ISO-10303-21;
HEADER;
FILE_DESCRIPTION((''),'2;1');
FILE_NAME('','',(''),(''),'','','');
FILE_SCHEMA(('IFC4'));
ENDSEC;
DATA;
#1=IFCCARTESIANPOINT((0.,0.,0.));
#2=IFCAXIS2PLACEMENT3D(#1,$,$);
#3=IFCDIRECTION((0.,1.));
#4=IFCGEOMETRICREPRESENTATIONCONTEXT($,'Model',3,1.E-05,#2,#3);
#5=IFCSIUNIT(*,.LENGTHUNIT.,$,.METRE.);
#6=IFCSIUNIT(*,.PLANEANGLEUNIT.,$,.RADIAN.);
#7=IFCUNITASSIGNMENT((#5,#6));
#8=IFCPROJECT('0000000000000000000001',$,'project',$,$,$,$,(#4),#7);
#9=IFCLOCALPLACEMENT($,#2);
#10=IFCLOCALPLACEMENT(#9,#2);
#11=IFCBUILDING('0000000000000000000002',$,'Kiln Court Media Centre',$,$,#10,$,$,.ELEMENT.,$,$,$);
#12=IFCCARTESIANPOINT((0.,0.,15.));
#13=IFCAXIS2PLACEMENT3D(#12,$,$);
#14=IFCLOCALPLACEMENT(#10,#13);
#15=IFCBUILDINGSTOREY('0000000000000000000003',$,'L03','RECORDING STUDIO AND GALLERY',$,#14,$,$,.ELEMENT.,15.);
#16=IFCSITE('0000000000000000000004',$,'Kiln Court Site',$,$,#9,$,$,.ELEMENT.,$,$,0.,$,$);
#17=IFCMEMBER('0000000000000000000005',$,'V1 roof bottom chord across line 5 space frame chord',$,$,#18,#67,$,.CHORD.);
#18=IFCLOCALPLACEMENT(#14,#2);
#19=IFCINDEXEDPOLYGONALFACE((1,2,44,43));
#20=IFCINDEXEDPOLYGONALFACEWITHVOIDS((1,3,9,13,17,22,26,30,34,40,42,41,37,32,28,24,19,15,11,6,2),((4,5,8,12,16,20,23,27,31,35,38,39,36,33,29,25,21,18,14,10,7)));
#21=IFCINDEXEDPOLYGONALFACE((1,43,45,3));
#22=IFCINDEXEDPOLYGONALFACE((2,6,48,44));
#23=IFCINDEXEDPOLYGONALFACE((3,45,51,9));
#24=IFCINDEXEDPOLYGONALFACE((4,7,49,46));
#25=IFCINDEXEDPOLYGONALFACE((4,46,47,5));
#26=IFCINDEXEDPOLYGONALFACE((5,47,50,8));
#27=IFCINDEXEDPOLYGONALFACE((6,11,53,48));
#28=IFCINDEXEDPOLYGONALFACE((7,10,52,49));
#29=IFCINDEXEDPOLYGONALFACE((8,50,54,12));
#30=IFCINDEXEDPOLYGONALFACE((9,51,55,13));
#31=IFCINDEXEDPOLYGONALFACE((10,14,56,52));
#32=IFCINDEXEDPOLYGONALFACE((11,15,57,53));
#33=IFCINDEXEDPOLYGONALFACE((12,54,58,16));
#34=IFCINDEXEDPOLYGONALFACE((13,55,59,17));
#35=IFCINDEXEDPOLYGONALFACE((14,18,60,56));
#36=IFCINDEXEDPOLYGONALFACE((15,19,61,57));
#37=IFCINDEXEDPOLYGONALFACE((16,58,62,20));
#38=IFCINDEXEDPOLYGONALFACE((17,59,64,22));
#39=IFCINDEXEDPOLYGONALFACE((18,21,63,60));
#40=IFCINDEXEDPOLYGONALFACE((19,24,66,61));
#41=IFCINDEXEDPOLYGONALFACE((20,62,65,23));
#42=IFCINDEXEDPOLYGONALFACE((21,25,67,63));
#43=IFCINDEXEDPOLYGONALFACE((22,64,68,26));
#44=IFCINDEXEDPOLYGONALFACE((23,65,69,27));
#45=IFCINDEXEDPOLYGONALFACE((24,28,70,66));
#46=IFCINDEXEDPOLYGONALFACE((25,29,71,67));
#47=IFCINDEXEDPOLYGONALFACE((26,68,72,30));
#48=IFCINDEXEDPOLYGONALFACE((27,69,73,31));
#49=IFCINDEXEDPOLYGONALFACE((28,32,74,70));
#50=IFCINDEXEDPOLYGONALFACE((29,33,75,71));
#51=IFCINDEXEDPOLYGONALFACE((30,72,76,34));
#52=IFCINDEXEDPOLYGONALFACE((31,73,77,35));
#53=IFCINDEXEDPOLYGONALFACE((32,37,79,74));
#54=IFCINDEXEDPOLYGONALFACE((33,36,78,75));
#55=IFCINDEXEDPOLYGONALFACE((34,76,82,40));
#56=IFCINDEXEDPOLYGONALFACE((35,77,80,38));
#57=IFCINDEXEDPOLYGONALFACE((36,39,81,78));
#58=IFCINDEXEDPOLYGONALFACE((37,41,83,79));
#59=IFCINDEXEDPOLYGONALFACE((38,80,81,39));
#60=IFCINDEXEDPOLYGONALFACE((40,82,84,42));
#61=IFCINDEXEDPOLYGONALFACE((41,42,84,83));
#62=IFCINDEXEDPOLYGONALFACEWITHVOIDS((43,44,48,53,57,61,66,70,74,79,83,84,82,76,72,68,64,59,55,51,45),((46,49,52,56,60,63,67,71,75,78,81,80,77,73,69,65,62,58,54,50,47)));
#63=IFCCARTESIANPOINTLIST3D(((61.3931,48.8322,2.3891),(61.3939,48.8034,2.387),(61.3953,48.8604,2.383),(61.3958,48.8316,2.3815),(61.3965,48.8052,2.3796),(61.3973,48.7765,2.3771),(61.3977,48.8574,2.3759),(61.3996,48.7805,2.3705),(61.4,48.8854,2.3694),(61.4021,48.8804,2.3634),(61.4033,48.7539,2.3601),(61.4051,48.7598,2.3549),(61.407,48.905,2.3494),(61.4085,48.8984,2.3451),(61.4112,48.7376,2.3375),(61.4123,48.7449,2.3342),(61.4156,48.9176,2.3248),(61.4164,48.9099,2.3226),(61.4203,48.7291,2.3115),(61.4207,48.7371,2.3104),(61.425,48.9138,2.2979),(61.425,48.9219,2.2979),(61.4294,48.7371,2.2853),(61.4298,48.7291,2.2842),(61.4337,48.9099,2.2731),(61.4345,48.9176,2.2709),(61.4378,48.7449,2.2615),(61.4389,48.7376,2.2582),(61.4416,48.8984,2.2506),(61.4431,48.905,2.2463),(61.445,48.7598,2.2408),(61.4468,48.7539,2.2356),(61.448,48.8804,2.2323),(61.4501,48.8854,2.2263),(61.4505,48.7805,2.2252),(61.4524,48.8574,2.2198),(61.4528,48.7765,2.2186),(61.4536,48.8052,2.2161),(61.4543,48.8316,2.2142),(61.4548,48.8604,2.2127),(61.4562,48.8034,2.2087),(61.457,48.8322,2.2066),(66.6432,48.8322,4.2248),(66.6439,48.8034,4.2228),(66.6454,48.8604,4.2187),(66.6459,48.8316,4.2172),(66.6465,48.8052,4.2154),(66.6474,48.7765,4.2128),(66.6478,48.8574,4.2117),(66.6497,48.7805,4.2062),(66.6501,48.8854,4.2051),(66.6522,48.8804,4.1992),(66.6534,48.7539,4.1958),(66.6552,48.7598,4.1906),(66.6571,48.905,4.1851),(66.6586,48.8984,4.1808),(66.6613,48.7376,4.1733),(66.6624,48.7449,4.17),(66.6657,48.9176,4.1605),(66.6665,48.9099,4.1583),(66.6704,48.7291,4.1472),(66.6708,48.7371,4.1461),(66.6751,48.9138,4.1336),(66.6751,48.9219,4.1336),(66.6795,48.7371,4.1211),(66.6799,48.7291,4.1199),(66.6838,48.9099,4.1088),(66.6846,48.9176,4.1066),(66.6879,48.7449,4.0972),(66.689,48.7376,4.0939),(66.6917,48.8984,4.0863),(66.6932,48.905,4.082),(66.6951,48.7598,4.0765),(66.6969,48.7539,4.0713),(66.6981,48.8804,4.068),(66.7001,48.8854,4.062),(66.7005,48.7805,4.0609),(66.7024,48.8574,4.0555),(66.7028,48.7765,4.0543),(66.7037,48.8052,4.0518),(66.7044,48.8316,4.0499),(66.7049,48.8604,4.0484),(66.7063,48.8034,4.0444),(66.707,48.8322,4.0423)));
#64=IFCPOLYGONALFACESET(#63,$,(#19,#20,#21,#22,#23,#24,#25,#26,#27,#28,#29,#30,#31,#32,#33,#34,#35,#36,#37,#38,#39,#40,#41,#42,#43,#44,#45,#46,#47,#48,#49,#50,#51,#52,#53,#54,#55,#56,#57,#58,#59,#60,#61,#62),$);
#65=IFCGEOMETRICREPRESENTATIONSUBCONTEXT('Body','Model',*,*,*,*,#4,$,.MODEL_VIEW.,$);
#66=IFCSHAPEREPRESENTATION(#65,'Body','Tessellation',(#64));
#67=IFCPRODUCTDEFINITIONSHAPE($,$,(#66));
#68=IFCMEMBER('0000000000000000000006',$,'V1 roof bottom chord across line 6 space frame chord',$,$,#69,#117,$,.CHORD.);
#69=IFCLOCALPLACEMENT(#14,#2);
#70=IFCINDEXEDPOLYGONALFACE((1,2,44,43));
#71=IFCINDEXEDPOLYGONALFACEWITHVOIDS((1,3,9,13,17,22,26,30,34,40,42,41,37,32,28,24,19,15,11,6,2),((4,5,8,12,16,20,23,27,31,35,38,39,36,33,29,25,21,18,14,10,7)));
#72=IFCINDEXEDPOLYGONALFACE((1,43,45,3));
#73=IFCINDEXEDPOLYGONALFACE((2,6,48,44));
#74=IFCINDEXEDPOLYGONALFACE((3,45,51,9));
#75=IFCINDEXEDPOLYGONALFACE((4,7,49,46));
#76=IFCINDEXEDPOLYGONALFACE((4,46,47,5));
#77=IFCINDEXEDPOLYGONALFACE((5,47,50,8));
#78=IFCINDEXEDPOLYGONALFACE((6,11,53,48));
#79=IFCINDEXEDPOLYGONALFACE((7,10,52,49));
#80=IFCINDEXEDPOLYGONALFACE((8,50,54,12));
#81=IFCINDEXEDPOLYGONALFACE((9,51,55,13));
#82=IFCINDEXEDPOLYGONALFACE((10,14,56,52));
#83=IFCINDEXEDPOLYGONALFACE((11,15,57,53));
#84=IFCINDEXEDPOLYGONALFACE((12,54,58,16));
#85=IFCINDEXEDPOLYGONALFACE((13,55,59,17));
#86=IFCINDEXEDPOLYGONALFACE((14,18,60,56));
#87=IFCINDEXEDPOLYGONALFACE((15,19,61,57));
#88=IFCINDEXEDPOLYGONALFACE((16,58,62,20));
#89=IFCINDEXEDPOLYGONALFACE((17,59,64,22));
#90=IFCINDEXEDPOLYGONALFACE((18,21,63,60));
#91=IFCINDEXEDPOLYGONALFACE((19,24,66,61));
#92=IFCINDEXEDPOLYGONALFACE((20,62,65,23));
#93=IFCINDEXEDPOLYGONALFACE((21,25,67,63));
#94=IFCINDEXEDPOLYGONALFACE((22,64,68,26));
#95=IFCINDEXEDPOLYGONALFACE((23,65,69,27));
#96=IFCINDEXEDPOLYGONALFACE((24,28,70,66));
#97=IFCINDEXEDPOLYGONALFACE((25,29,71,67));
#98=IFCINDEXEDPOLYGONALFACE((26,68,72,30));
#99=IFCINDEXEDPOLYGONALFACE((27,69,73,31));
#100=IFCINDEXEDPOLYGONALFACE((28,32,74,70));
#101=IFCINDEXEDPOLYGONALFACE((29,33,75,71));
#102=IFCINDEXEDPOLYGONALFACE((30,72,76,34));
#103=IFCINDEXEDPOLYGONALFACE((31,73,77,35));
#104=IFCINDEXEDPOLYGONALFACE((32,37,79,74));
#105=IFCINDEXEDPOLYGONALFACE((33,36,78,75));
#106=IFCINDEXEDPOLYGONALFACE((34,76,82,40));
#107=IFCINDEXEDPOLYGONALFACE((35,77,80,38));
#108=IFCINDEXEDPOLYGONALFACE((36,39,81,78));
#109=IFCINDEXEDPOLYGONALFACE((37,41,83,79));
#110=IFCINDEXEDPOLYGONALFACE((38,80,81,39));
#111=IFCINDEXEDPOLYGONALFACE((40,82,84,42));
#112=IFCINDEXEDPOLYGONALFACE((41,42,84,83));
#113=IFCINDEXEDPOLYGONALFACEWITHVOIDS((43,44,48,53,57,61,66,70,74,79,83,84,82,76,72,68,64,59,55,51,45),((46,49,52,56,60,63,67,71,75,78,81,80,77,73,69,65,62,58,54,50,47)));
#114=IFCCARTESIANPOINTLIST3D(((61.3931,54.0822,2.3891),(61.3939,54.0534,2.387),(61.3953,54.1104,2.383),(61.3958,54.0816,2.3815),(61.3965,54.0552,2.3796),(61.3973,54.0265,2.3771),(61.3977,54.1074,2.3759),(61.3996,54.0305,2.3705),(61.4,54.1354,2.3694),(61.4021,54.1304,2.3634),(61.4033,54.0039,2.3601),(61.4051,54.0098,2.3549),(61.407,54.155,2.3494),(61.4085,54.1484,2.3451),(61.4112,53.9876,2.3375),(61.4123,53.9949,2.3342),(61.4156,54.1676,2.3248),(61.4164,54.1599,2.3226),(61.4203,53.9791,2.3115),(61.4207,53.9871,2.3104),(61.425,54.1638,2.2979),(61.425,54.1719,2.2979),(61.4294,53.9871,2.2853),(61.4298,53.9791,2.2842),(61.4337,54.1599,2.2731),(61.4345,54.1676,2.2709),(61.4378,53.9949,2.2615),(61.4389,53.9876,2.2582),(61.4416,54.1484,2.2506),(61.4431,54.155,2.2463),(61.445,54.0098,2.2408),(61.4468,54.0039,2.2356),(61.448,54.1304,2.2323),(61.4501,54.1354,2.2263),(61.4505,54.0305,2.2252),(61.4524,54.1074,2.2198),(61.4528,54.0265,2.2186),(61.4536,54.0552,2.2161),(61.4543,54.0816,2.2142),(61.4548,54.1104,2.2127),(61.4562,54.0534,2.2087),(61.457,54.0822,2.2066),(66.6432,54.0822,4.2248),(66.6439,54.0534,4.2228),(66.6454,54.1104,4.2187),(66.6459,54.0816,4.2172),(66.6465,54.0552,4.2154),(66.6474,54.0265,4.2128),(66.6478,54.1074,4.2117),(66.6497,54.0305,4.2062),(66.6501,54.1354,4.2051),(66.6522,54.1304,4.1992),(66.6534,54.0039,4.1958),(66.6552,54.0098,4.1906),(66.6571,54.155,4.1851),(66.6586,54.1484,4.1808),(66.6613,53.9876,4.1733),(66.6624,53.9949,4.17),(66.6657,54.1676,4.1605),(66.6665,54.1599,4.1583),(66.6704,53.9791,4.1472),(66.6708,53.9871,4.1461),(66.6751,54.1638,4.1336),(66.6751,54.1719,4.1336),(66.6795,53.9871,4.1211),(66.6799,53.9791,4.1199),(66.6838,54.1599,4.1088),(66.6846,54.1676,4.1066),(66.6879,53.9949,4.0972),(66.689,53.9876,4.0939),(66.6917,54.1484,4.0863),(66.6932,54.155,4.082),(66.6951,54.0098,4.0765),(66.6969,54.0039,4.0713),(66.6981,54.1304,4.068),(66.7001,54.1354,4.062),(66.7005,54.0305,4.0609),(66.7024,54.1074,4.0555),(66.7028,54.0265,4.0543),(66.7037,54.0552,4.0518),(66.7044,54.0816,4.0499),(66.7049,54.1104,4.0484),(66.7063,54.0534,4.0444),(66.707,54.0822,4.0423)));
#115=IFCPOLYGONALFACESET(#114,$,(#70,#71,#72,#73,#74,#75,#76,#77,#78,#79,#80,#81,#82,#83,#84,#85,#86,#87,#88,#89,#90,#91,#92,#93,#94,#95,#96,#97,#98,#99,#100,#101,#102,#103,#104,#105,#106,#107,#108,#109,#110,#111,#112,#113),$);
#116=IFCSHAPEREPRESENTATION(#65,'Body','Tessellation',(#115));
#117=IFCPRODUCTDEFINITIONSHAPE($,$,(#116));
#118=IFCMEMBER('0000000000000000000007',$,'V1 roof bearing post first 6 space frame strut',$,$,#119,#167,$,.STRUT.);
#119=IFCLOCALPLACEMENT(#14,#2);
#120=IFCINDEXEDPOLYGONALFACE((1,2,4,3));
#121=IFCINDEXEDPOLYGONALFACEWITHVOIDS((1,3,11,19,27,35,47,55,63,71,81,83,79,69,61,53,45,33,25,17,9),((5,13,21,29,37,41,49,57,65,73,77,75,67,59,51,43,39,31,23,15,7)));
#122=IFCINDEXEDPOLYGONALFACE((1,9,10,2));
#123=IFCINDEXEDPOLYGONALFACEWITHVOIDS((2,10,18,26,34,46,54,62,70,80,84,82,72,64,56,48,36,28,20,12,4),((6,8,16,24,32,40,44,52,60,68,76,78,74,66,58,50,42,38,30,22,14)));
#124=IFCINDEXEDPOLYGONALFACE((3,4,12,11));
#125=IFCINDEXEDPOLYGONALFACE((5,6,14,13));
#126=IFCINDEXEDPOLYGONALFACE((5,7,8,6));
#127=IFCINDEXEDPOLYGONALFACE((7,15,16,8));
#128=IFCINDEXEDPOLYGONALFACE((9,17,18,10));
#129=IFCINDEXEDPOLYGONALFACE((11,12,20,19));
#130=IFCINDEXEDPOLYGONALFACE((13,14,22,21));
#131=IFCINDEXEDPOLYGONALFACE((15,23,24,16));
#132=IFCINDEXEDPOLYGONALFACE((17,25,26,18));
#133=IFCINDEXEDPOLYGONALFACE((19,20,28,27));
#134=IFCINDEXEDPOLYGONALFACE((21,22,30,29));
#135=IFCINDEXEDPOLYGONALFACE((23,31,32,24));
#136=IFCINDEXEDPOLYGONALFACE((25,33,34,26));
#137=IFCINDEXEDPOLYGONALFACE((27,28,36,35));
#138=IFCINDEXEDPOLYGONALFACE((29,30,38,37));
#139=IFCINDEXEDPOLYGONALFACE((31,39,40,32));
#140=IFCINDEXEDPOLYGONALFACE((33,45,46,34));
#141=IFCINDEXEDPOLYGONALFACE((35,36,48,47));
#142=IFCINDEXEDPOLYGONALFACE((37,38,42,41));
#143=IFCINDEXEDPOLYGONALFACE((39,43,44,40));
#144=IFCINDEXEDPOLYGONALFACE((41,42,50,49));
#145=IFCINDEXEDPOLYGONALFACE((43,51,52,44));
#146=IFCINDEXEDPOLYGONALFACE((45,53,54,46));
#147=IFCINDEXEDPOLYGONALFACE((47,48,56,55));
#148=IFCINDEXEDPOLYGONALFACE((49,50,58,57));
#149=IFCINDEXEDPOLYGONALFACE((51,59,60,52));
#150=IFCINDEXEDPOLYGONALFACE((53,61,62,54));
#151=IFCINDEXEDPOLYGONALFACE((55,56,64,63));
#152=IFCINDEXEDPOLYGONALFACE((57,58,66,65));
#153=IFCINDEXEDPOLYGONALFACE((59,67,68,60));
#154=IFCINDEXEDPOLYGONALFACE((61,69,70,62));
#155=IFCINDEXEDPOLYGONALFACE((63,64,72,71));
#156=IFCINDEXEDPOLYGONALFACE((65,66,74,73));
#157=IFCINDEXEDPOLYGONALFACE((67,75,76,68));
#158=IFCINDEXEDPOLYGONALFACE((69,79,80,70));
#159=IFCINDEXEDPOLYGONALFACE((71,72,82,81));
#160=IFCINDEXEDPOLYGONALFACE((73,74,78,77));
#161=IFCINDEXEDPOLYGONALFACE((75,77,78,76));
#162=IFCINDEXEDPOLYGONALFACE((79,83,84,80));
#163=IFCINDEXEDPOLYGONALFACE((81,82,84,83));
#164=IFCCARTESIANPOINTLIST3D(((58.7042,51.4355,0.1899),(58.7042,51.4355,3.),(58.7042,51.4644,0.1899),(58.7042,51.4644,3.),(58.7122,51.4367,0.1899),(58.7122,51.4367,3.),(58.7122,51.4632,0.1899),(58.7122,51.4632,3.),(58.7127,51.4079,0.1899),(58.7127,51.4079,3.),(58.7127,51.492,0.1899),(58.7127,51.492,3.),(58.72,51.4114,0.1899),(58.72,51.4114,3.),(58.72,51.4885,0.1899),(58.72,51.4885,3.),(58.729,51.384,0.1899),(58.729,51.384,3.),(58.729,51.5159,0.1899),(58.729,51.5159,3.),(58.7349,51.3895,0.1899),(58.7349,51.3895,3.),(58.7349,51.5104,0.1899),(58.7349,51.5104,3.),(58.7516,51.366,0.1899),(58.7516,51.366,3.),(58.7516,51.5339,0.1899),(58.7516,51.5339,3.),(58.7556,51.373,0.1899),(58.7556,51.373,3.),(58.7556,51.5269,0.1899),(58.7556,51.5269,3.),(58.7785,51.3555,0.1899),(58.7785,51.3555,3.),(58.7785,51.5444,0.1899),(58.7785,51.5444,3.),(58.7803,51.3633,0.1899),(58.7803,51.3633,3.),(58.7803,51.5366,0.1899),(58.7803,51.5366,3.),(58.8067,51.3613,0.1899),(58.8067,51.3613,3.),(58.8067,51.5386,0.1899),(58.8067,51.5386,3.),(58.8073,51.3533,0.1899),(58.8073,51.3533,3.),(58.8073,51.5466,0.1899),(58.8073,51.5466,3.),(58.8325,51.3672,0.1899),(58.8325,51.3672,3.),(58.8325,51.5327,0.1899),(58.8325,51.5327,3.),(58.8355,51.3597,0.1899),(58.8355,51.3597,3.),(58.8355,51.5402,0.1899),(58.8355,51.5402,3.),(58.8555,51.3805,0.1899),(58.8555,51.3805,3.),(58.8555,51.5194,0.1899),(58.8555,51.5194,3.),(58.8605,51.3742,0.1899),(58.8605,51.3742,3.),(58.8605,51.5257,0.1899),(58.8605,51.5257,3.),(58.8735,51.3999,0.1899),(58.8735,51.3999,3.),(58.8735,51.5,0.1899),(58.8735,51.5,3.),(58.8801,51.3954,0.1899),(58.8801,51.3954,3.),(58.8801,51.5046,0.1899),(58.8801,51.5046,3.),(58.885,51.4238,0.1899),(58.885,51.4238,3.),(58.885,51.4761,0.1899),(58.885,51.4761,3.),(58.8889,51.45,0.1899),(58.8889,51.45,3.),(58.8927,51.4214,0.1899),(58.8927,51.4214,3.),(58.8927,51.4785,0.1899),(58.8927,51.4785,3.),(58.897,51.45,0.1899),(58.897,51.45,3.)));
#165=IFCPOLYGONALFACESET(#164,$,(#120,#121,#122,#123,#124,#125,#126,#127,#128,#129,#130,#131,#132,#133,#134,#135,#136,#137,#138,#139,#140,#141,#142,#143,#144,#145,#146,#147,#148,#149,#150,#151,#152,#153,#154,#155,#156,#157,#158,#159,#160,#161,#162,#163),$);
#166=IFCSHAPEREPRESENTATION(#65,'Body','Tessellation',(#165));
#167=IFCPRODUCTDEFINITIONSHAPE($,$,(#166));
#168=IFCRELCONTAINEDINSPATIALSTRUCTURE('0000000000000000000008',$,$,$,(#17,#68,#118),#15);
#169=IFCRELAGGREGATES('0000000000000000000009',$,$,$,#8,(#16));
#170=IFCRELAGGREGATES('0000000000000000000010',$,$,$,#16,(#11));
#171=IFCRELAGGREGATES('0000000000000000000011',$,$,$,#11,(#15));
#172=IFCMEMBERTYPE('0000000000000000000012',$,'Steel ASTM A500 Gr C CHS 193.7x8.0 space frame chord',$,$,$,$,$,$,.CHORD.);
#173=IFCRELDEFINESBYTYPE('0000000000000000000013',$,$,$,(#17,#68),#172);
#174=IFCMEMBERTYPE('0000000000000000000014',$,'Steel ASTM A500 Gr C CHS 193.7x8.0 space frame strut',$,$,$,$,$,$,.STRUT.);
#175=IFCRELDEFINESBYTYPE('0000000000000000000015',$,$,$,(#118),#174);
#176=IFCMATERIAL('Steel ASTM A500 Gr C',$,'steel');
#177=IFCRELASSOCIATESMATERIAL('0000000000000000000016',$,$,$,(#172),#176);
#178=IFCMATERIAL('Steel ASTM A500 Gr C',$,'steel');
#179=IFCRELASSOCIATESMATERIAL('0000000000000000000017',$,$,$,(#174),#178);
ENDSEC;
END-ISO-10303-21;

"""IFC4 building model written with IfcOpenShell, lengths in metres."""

from ifc_helpers import new_model, si_unit, direction, frame, origin, origin_2d, place, context, subcontext, project, spatial, hollow_circle, extrude, material, material_profile, profile_set, type_object, element, save


model = new_model("IFC4")

# Units and contexts
model_context = context("Model", 3, precision=1e-05, world=origin(), true_north=direction((0.0, 1.0)))
body_context = subcontext(model_context, "Body", "Model", "MODEL_VIEW")
ifc_project = project(units=[si_unit("LENGTHUNIT", "METRE"), si_unit("PLANEANGLEUNIT", "RADIAN")], contexts=[model_context])

# Site, building, storey
site_placement = place(None, origin())
site = spatial("IfcSite", under=ifc_project, at=site_placement, Name="Kiln Court Site", CompositionType="ELEMENT", RefElevation=0.0)
building_placement = place(site_placement, origin())
building = spatial("IfcBuilding", under=site, at=building_placement, Name="Kiln Court Media Centre", CompositionType="ELEMENT")
storey_placement = place(building_placement, frame((0.0, 0.0, 15.0)))
storey = spatial("IfcBuildingStorey", under=building, at=storey_placement, Name="L03", Description="RECORDING STUDIO AND GALLERY", CompositionType="ELEMENT", Elevation=15.0)

# Members
ifc_material_1 = material(Name="Steel ASTM A500 Gr C", Category="steel")
ifc_material_profile_1 = material_profile(ifc_material_1, hollow_circle(Radius=0.0969, WallThickness=0.0081, at=origin_2d()), Name="CHS 193.7x8.0")
ifc_profile_set_1 = profile_set([ifc_material_profile_1], Name="Steel ASTM A500 Gr C")
member_type_1 = type_object("IfcMemberType", Name="Steel ASTM A500 Gr C CHS 193.7x8.0 space frame chord", PredefinedType="CHORD", material=ifc_profile_set_1)
for number, where, z_axis, x_axis, name in (
    (1, (61.425, 48.825, 2.2979), (0.94396, 0.0, 0.330061), (0.0, 1.0, 0.0), "V1 roof bottom chord across line 5 space frame chord"),
    (2, (61.425, 54.075, 2.2979), (0.94396, 0.0, 0.330061), (0.0, 1.0, 0.0), "V1 roof bottom chord across line 6 space frame chord"),
):
    element("IfcMember", number, at=place(storey_placement, frame(where, z_axis=z_axis, x_axis=x_axis)), inside=storey, type_object=member_type_1, Name=name, PredefinedType="CHORD", context=body_context, shape_type="SweptSolid", body=[
        extrude(hollow_circle(Radius=0.0969, WallThickness=0.0081, at=origin_2d()), origin(), (0.0, 0.0, 1.0), 5.5618),
    ])
ifc_material_2 = material(Name="Steel ASTM A500 Gr C", Category="steel")
ifc_material_profile_2 = material_profile(ifc_material_2, hollow_circle(Radius=0.0969, WallThickness=0.0081, at=origin_2d()), Name="CHS 193.7x8.0")
ifc_profile_set_2 = profile_set([ifc_material_profile_2], Name="Steel ASTM A500 Gr C")
member_type_2 = type_object("IfcMemberType", Name="Steel ASTM A500 Gr C CHS 193.7x8.0 space frame strut", PredefinedType="STRUT", material=ifc_profile_set_2)
member_1_placement = place(storey_placement, frame((58.8, 51.45, 0.1899), z_axis=(0.0, 0.0, 1.0), x_axis=(1.0, 0.0, 0.0)))
element("IfcMember", 3, at=member_1_placement, inside=storey, type_object=member_type_2, Name="V1 roof bearing post first 6 space frame strut", PredefinedType="STRUT", context=body_context, shape_type="SweptSolid", body=[
    extrude(hollow_circle(Radius=0.0969, WallThickness=0.0081, at=origin_2d()), origin(), (0.0, 0.0, 1.0), 2.8101),
])

save(model, "model.ifc")
